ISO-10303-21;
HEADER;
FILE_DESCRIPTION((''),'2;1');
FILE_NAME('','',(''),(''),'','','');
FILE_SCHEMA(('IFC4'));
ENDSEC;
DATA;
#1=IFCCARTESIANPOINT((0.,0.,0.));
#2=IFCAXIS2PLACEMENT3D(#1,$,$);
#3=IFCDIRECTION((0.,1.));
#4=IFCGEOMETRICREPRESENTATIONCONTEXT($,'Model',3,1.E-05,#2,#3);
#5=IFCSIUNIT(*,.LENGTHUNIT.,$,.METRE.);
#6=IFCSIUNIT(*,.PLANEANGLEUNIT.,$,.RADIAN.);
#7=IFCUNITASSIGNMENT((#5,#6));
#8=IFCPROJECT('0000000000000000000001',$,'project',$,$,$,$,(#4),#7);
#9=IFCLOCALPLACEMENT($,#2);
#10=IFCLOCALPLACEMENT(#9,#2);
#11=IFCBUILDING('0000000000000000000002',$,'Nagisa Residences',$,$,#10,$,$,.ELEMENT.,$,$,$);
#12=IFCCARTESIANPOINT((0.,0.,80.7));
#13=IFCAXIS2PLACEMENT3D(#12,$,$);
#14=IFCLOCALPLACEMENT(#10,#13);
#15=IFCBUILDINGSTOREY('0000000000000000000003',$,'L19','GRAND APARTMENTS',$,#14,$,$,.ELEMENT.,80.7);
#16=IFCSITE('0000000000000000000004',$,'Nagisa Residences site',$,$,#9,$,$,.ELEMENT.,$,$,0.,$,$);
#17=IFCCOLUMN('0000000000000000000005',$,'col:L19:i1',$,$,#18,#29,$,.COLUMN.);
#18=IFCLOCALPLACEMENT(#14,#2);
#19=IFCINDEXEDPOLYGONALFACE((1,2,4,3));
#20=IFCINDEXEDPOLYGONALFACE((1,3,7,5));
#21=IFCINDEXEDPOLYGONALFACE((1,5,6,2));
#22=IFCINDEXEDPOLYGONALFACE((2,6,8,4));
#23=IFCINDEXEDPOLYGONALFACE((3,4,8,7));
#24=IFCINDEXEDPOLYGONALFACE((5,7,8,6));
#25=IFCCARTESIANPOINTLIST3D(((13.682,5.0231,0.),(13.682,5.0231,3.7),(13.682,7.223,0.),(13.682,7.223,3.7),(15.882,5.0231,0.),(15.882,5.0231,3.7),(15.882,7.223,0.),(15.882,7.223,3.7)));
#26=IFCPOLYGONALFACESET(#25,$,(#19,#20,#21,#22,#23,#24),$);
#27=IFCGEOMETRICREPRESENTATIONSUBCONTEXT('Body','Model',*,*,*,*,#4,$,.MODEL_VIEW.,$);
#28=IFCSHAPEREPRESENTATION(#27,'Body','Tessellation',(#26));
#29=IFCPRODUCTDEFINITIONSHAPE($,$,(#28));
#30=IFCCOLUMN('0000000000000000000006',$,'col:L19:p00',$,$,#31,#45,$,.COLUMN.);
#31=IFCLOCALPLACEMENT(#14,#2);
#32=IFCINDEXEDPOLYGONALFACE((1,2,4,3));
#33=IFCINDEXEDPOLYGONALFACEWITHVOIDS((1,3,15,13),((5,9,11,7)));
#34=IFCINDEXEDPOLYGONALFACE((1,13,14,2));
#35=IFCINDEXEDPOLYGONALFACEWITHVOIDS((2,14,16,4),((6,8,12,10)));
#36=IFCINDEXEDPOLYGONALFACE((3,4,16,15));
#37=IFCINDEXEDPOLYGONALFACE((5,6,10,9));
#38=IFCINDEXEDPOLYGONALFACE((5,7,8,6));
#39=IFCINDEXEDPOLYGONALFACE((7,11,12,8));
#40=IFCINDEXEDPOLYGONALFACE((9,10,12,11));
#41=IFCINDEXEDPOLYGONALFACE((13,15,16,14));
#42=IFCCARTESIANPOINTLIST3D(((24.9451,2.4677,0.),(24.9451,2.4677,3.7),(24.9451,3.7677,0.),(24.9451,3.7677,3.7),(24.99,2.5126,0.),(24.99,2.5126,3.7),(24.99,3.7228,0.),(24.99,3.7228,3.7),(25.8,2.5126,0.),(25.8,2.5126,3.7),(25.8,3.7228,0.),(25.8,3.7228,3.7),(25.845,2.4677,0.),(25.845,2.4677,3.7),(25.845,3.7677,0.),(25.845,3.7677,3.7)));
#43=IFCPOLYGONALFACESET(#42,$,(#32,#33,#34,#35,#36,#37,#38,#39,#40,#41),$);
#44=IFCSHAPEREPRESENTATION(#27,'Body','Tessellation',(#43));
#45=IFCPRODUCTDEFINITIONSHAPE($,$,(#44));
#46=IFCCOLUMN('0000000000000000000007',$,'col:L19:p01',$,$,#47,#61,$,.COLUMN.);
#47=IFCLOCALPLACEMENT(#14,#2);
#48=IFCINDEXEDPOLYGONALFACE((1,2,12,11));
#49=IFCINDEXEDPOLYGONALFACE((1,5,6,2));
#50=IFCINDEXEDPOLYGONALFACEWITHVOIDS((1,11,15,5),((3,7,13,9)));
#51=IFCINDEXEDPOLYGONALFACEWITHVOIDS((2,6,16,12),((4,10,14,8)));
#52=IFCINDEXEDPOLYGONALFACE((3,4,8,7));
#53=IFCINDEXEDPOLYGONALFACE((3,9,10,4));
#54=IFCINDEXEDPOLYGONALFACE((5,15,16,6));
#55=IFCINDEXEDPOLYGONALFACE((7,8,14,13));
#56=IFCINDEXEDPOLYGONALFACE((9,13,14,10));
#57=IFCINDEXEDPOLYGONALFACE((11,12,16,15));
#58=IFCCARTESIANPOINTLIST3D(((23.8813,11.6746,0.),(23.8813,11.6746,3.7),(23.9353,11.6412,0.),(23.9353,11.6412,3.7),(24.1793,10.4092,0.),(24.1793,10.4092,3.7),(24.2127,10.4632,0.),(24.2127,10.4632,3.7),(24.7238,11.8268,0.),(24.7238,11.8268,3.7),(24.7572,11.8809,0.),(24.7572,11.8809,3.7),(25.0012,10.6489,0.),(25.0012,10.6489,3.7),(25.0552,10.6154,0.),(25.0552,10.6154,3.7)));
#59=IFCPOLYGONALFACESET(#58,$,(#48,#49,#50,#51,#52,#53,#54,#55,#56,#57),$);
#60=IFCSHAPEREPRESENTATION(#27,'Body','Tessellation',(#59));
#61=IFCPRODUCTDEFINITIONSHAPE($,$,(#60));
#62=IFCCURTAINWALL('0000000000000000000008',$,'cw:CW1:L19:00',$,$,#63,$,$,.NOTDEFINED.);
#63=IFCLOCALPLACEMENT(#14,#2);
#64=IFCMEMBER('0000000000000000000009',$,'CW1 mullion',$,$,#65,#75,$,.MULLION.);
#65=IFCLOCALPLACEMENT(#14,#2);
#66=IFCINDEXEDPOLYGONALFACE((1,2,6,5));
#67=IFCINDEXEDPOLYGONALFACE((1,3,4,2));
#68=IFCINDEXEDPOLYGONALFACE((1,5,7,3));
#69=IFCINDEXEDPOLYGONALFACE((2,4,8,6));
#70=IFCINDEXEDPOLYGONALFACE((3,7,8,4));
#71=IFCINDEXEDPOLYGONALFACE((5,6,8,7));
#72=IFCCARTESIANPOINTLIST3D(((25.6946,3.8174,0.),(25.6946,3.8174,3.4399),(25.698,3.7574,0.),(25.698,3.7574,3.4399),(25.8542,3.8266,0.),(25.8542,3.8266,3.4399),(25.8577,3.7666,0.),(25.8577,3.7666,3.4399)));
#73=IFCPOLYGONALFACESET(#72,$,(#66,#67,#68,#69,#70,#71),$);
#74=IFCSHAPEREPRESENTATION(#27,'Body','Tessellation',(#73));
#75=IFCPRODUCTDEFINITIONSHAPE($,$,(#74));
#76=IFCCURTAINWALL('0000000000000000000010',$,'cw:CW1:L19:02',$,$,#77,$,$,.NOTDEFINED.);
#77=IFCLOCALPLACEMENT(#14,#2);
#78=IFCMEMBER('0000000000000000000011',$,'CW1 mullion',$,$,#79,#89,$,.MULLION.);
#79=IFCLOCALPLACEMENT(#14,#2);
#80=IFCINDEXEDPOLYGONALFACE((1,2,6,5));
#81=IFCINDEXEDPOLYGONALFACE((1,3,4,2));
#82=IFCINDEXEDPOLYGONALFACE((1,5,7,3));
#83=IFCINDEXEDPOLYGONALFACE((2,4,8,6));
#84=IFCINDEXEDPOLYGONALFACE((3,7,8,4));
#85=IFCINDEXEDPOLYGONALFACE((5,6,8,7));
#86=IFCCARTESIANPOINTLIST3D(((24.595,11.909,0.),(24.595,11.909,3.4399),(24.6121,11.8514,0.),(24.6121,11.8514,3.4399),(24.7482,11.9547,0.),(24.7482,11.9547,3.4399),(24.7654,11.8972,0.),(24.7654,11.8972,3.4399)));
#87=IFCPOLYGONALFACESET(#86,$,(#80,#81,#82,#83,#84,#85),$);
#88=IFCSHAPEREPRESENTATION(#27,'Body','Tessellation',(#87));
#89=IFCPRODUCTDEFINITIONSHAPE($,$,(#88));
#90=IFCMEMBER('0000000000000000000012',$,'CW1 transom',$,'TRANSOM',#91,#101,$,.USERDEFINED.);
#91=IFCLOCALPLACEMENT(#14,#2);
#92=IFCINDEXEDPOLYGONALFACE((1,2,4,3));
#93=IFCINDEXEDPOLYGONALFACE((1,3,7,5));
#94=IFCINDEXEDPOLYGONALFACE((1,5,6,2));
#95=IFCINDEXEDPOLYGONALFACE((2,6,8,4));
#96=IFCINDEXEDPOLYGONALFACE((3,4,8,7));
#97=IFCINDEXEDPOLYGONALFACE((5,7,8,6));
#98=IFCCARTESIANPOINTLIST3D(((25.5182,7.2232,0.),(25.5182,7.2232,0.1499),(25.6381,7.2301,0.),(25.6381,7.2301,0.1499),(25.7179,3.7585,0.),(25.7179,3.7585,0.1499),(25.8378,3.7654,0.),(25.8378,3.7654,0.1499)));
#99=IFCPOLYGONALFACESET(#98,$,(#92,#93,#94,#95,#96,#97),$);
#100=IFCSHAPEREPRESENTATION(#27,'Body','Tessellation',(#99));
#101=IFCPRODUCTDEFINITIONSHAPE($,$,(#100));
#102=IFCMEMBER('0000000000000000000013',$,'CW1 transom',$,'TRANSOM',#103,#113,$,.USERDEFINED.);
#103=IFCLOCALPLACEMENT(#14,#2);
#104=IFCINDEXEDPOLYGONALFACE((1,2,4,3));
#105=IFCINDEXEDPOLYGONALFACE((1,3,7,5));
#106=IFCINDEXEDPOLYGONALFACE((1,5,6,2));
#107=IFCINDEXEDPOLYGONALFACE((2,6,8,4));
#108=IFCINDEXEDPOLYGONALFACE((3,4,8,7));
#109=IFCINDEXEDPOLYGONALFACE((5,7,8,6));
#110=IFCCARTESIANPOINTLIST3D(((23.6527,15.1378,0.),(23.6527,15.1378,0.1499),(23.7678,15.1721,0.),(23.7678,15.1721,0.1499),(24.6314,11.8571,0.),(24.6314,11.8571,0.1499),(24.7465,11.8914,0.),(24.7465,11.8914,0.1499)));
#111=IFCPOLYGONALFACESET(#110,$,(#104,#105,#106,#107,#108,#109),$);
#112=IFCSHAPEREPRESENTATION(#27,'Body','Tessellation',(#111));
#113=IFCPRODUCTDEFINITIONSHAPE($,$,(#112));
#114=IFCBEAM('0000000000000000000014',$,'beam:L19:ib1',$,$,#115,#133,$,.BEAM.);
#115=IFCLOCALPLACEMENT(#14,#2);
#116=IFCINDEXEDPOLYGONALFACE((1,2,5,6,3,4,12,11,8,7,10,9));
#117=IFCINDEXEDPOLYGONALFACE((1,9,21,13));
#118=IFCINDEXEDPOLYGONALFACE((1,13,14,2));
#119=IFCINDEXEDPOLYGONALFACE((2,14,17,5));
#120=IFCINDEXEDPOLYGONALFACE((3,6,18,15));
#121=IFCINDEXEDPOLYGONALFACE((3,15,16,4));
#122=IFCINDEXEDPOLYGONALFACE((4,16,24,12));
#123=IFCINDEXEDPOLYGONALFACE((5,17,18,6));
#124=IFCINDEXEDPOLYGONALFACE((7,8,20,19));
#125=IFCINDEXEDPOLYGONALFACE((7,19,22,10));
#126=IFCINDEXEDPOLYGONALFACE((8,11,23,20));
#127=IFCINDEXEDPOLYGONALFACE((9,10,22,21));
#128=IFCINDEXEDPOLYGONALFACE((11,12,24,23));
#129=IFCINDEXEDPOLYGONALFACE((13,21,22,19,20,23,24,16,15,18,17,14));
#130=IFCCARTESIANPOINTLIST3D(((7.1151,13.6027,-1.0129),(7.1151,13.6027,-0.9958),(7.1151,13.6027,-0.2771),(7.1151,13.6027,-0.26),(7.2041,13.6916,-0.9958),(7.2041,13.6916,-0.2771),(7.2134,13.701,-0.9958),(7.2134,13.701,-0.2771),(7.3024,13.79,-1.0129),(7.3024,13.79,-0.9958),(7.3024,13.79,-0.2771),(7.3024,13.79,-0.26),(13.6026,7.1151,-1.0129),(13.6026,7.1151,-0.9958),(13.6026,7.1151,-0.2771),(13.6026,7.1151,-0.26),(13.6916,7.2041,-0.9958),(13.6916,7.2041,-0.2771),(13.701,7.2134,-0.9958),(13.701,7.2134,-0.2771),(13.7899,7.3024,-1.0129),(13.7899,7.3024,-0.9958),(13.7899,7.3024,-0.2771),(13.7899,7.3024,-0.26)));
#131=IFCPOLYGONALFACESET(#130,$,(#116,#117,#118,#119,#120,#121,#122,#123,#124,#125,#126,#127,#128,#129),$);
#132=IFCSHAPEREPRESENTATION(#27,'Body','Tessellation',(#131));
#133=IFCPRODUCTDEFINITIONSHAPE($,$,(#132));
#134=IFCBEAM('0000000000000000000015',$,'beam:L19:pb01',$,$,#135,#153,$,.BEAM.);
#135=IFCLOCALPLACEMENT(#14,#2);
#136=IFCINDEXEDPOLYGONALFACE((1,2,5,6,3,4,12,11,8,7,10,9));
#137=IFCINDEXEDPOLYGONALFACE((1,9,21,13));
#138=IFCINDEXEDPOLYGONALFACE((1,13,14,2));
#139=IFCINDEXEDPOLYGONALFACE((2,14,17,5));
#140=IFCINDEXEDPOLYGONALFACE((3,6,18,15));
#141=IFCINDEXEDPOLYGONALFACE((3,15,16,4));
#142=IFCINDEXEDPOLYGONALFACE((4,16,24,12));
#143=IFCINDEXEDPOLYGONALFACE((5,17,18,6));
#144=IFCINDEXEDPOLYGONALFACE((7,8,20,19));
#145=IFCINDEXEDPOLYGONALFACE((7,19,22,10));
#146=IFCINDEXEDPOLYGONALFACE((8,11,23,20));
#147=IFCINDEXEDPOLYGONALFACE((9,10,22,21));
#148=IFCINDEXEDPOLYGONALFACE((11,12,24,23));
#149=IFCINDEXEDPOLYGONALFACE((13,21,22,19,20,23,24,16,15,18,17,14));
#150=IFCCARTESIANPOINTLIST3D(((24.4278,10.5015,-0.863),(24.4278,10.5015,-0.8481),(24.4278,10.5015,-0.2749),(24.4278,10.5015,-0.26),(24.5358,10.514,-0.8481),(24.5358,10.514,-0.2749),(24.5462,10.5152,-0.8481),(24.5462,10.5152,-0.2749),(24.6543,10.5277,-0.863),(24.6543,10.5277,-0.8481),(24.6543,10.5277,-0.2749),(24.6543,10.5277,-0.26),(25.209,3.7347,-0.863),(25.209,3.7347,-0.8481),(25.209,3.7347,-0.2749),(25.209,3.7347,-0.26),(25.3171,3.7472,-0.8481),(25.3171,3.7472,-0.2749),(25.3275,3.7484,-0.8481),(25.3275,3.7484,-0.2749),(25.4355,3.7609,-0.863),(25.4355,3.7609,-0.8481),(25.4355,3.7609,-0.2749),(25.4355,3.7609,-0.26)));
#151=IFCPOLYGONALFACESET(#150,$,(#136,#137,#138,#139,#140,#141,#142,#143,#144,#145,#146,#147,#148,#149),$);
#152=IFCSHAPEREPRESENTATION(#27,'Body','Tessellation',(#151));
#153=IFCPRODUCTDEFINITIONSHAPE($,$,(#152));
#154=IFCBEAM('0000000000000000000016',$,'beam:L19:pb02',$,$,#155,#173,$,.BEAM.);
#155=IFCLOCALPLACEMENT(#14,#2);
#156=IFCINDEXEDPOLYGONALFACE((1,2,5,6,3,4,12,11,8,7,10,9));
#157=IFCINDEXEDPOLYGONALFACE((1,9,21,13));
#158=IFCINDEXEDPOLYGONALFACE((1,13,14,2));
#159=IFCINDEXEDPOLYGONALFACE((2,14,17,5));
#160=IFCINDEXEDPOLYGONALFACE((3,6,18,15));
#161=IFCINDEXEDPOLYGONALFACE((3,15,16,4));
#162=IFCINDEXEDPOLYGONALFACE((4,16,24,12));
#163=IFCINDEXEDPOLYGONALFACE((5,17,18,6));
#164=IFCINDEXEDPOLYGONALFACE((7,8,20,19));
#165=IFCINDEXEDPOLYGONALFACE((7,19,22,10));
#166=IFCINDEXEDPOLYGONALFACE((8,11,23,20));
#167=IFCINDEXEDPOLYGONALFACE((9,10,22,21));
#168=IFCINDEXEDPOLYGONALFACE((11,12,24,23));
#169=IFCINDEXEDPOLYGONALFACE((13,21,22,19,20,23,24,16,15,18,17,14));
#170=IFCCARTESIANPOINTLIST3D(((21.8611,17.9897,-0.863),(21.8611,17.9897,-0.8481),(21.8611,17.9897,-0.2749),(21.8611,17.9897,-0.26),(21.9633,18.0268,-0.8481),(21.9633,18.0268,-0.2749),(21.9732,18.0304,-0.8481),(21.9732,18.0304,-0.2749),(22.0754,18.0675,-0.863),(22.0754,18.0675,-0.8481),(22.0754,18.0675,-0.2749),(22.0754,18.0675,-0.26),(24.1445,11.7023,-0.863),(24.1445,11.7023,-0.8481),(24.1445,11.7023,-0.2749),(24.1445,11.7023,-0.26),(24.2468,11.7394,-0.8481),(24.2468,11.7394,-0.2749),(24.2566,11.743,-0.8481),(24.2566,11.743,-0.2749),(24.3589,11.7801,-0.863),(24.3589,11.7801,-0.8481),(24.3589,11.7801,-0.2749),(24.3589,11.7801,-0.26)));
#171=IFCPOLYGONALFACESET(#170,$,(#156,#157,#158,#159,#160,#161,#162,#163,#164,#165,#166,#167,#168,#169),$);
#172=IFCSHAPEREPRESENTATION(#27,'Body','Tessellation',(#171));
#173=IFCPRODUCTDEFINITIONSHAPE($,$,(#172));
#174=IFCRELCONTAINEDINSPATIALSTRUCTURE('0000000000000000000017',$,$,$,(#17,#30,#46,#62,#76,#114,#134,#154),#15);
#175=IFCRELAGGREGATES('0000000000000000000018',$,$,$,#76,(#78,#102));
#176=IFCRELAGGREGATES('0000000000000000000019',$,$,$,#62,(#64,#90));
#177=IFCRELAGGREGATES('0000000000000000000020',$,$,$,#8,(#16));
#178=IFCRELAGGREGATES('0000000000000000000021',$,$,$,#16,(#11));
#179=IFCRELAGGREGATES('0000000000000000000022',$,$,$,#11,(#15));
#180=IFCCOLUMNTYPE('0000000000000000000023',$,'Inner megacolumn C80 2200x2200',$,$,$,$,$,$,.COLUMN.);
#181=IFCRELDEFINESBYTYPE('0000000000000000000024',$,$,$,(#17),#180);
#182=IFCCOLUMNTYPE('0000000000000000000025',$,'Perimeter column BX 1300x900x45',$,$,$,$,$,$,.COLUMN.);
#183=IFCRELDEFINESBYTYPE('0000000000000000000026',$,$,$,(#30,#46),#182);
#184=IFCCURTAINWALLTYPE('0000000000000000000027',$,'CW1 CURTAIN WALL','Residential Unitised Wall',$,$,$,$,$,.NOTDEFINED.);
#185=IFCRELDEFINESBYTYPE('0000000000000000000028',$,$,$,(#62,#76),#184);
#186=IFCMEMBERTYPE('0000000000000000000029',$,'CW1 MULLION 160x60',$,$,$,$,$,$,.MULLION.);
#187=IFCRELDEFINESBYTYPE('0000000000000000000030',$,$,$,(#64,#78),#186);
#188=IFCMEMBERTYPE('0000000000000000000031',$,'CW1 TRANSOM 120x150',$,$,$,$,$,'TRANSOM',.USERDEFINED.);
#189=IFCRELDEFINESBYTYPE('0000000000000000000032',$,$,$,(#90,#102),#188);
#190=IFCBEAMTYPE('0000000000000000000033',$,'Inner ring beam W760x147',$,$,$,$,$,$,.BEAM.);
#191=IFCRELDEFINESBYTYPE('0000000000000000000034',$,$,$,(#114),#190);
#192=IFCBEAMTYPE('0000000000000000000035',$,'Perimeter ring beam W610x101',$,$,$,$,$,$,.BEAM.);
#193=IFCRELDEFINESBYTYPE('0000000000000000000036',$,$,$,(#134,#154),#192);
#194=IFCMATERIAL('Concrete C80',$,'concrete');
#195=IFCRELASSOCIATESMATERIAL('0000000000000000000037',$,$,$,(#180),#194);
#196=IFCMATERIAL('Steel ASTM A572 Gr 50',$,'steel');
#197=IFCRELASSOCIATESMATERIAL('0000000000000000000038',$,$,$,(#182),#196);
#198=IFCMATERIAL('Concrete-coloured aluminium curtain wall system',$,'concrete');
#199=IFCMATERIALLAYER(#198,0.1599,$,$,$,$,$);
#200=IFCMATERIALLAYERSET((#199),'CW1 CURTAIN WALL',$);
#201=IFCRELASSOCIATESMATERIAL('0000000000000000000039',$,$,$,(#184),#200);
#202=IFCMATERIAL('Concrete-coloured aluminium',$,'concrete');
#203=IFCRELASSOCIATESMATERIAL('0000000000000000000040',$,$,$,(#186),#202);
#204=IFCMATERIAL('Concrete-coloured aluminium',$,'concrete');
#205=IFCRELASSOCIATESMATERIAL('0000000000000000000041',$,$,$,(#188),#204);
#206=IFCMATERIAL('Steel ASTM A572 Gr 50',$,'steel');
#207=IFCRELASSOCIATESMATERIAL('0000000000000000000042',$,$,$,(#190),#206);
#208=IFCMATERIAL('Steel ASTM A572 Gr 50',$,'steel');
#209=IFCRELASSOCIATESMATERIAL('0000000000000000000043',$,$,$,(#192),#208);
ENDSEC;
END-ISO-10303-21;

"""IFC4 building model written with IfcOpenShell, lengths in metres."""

from ifc_helpers import new_model, si_unit, direction, frame, origin, origin_2d, place, context, subcontext, project, spatial, rectangle, hollow_rectangle, i_section, extrude, material, layer, layer_set, material_profile, profile_set, type_object, element, aggregate, save


model = new_model("IFC4")

# Units and contexts
model_context = context("Model", 3, precision=1e-05, world=origin(), true_north=direction((0.0, 1.0)))
body_context = subcontext(model_context, "Body", "Model", "MODEL_VIEW")
ifc_project = project(units=[si_unit("LENGTHUNIT", "METRE"), si_unit("PLANEANGLEUNIT", "RADIAN")], contexts=[model_context])

# Site, building, storey
site_placement = place(None, origin())
site = spatial("IfcSite", under=ifc_project, at=site_placement, Name="Nagisa Residences site", CompositionType="ELEMENT", RefElevation=0.0)
building_placement = place(site_placement, origin())
building = spatial("IfcBuilding", under=site, at=building_placement, Name="Nagisa Residences", CompositionType="ELEMENT")
storey_placement = place(building_placement, frame((0.0, 0.0, 80.7)))
storey = spatial("IfcBuildingStorey", under=building, at=storey_placement, Name="L19", Description="GRAND APARTMENTS", CompositionType="ELEMENT", Elevation=80.7)

# Columns
ifc_material_1 = material(Name="Concrete C80", Category="concrete")
ifc_material_profile_1 = material_profile(ifc_material_1, rectangle(XDim=2.2, YDim=2.2, at=origin_2d()), Name="C80 2200x2200")
ifc_profile_set_1 = profile_set([ifc_material_profile_1], Name="Concrete C80")
column_type_1 = type_object("IfcColumnType", Name="Inner megacolumn C80 2200x2200", PredefinedType="COLUMN", material=ifc_profile_set_1)
column_placement = place(storey_placement, frame((14.782, 6.123, 0.0), z_axis=(0.0, 0.0, 1.0), x_axis=(1.0, 0.0, 0.0)))
element("IfcColumn", 1, at=column_placement, inside=storey, type_object=column_type_1, Name="col:L19:i1", PredefinedType="COLUMN", context=body_context, shape_type="SweptSolid", body=[
    extrude(rectangle(XDim=2.2, YDim=2.2, at=origin_2d()), origin(), (0.0, 0.0, 1.0), 3.7),
])
ifc_material_2 = material(Name="Steel ASTM A572 Gr 50", Category="steel")
ifc_material_profile_2 = material_profile(ifc_material_2, hollow_rectangle(XDim=1.3, YDim=0.8999, WallThickness=0.0449, at=origin_2d()), Name="BX 1300x900x45")
ifc_profile_set_2 = profile_set([ifc_material_profile_2], Name="Steel ASTM A572 Gr 50")
column_type_2 = type_object("IfcColumnType", Name="Perimeter column BX 1300x900x45", PredefinedType="COLUMN", material=ifc_profile_set_2)
for number, where, z_axis, x_axis, name in (
    (2, (25.395, 3.1177, 0.0), (0.0, 0.0, 1.0), (0.0, 1.0, 0.0), "col:L19:p00"),
    (3, (24.4683, 11.145, 0.0), (0.0, 0.0, 1.0), (-0.229202, 0.973379, 0.0), "col:L19:p01"),
):
    element("IfcColumn", number, at=place(storey_placement, frame(where, z_axis=z_axis, x_axis=x_axis)), inside=storey, type_object=column_type_2, Name=name, PredefinedType="COLUMN", context=body_context, shape_type="SweptSolid", body=[
        extrude(hollow_rectangle(XDim=1.3, YDim=0.8999, WallThickness=0.0449, at=origin_2d()), origin(), (0.0, 0.0, 1.0), 3.7),
    ])

# Curtain walls, members
ifc_material_3 = material(Name="Concrete-coloured aluminium curtain wall system", Category="concrete")
ifc_layer_1 = layer(ifc_material_3, 0.1599)
ifc_layer_set_1 = layer_set([ifc_layer_1], Name="CW1 CURTAIN WALL")
curtain_wall_type = type_object("IfcCurtainWallType", Name="CW1 CURTAIN WALL", Description="Residential Unitised Wall", PredefinedType="NOTDEFINED", material=ifc_layer_set_1)
curtain_wall_1_placement = place(storey_placement, origin())
curtain_wall_1 = element("IfcCurtainWall", 4, at=curtain_wall_1_placement, inside=storey, type_object=curtain_wall_type, Name="cw:CW1:L19:00", PredefinedType="NOTDEFINED")
ifc_material_4 = material(Name="Concrete-coloured aluminium", Category="concrete")
ifc_material_profile_3 = material_profile(ifc_material_4, rectangle(XDim=0.1599, YDim=0.0601, at=origin_2d()), Name="CW1 MULLION 160x60")
ifc_profile_set_3 = profile_set([ifc_material_profile_3], Name="Concrete-coloured aluminium")
member_type_1 = type_object("IfcMemberType", Name="CW1 MULLION 160x60", PredefinedType="MULLION", material=ifc_profile_set_3)
member_1_placement = place(storey_placement, frame((25.7761, 3.792, 0.0), z_axis=(0.0, 0.0, 1.0), x_axis=(-0.998345, -0.057503, 0.0)))
member_1 = element("IfcMember", 5, at=member_1_placement, type_object=member_type_1, Name="CW1 mullion", PredefinedType="MULLION", context=body_context, shape_type="SweptSolid", body=[
    extrude(rectangle(XDim=0.1599, YDim=0.0601, at=origin_2d()), origin(), (0.0, 0.0, 1.0), 3.4399),
])
curtain_wall_2_placement = place(storey_placement, origin())
curtain_wall_2 = element("IfcCurtainWall", 6, at=curtain_wall_2_placement, inside=storey, type_object=curtain_wall_type, Name="cw:CW1:L19:02", PredefinedType="NOTDEFINED")
member_2_placement = place(storey_placement, frame((24.6802, 11.9031, 0.0), z_axis=(0.0, 0.0, 1.0), x_axis=(-0.958271, -0.28586, 0.0)))
member_2 = element("IfcMember", 7, at=member_2_placement, type_object=member_type_1, Name="CW1 mullion", PredefinedType="MULLION", context=body_context, shape_type="SweptSolid", body=[
    extrude(rectangle(XDim=0.1599, YDim=0.0601, at=origin_2d()), origin(), (0.0, 0.0, 1.0), 3.4399),
])

# Members
ifc_material_5 = material(Name="Concrete-coloured aluminium", Category="concrete")
ifc_material_profile_4 = material_profile(ifc_material_5, rectangle(XDim=0.1201, YDim=0.1499, at=origin_2d()), Name="CW1 TRANSOM 120x150")
ifc_profile_set_4 = profile_set([ifc_material_profile_4], Name="Concrete-coloured aluminium")
member_type_2 = type_object("IfcMemberType", Name="CW1 TRANSOM 120x150", ElementType="TRANSOM", PredefinedType="USERDEFINED", material=ifc_profile_set_4)
member_3_placement = place(storey_placement, frame((25.7778, 3.762, 0.075), z_axis=(-0.057547, 0.998343, 0.0), x_axis=(-0.998343, -0.057547, 0.0)))
member_3 = element("IfcMember", 8, at=member_3_placement, type_object=member_type_2, Name="CW1 transom", ObjectType="TRANSOM", PredefinedType="USERDEFINED", context=body_context, shape_type="SweptSolid", body=[
    extrude(rectangle(XDim=0.1201, YDim=0.1499, at=origin_2d()), origin(), (0.0, 0.0, 1.0), 3.4705),
])
member_4_placement = place(storey_placement, frame((24.689, 11.8743, 0.075), z_axis=(-0.285882, 0.958265, 0.0), x_axis=(-0.958265, -0.285882, 0.0)))
member_4 = element("IfcMember", 9, at=member_4_placement, type_object=member_type_2, Name="CW1 transom", ObjectType="TRANSOM", PredefinedType="USERDEFINED", context=body_context, shape_type="SweptSolid", body=[
    extrude(rectangle(XDim=0.1201, YDim=0.1499, at=origin_2d()), origin(), (0.0, 0.0, 1.0), 3.4236),
])
aggregate(curtain_wall_2, [member_2, member_4])

# Beams
ifc_material_6 = material(Name="Steel ASTM A572 Gr 50", Category="steel")
ifc_material_profile_5 = material_profile(ifc_material_6, i_section(OverallWidth=0.2649, OverallDepth=0.7529, WebThickness=0.0132, FlangeThickness=0.0171, at=origin_2d()), Name="W760x147")
ifc_profile_set_5 = profile_set([ifc_material_profile_5], Name="Steel ASTM A572 Gr 50")
beam_type_1 = type_object("IfcBeamType", Name="Inner ring beam W760x147", PredefinedType="BEAM", material=ifc_profile_set_5)
beam_1_placement = place(storey_placement, frame((13.6963, 7.2087, -0.6365), z_axis=(-0.707107, 0.707107, 0.0), x_axis=(-0.707107, -0.707107, 0.0)))
element("IfcBeam", 10, at=beam_1_placement, inside=storey, type_object=beam_type_1, Name="beam:L19:ib1", PredefinedType="BEAM", context=body_context, shape_type="SweptSolid", body=[
    extrude(i_section(OverallWidth=0.2649, OverallDepth=0.7529, WebThickness=0.0132, FlangeThickness=0.0171, at=origin_2d()), origin(), (0.0, 0.0, 1.0), 9.1748),
])
ifc_material_7 = material(Name="Steel ASTM A572 Gr 50", Category="steel")
ifc_material_profile_6 = material_profile(ifc_material_7, i_section(OverallWidth=0.228, OverallDepth=0.603, WebThickness=0.0105, FlangeThickness=0.0149, at=origin_2d()), Name="W610x101")
ifc_profile_set_6 = profile_set([ifc_material_profile_6], Name="Steel ASTM A572 Gr 50")
beam_type_2 = type_object("IfcBeamType", Name="Perimeter ring beam W610x101", PredefinedType="BEAM", material=ifc_profile_set_6)
beam_2_placement = place(storey_placement, frame((25.3223, 3.7478, -0.5615), z_axis=(-0.114691, 0.993401, 0.0), x_axis=(-0.993401, -0.114691, 0.0)))
element("IfcBeam", 11, at=beam_2_placement, inside=storey, type_object=beam_type_2, Name="beam:L19:pb01", PredefinedType="BEAM", context=body_context, shape_type="SweptSolid", body=[
    extrude(i_section(OverallWidth=0.228, OverallDepth=0.603, WebThickness=0.0105, FlangeThickness=0.0149, at=origin_2d()), origin(), (0.0, 0.0, 1.0), 6.8118),
])
beam_3_placement = place(storey_placement, frame((24.2517, 11.7412, -0.5615), z_axis=(-0.341365, 0.939931, 0.0), x_axis=(-0.939931, -0.341365, 0.0)))
element("IfcBeam", 12, at=beam_3_placement, inside=storey, type_object=beam_type_2, Name="beam:L19:pb02", PredefinedType="BEAM", context=body_context, shape_type="SweptSolid", body=[
    extrude(i_section(OverallWidth=0.228, OverallDepth=0.603, WebThickness=0.0105, FlangeThickness=0.0149, at=origin_2d()), origin(), (0.0, 0.0, 1.0), 6.6892),
])

aggregate(curtain_wall_1, [member_1, member_3])

save(model, "model.ifc")
